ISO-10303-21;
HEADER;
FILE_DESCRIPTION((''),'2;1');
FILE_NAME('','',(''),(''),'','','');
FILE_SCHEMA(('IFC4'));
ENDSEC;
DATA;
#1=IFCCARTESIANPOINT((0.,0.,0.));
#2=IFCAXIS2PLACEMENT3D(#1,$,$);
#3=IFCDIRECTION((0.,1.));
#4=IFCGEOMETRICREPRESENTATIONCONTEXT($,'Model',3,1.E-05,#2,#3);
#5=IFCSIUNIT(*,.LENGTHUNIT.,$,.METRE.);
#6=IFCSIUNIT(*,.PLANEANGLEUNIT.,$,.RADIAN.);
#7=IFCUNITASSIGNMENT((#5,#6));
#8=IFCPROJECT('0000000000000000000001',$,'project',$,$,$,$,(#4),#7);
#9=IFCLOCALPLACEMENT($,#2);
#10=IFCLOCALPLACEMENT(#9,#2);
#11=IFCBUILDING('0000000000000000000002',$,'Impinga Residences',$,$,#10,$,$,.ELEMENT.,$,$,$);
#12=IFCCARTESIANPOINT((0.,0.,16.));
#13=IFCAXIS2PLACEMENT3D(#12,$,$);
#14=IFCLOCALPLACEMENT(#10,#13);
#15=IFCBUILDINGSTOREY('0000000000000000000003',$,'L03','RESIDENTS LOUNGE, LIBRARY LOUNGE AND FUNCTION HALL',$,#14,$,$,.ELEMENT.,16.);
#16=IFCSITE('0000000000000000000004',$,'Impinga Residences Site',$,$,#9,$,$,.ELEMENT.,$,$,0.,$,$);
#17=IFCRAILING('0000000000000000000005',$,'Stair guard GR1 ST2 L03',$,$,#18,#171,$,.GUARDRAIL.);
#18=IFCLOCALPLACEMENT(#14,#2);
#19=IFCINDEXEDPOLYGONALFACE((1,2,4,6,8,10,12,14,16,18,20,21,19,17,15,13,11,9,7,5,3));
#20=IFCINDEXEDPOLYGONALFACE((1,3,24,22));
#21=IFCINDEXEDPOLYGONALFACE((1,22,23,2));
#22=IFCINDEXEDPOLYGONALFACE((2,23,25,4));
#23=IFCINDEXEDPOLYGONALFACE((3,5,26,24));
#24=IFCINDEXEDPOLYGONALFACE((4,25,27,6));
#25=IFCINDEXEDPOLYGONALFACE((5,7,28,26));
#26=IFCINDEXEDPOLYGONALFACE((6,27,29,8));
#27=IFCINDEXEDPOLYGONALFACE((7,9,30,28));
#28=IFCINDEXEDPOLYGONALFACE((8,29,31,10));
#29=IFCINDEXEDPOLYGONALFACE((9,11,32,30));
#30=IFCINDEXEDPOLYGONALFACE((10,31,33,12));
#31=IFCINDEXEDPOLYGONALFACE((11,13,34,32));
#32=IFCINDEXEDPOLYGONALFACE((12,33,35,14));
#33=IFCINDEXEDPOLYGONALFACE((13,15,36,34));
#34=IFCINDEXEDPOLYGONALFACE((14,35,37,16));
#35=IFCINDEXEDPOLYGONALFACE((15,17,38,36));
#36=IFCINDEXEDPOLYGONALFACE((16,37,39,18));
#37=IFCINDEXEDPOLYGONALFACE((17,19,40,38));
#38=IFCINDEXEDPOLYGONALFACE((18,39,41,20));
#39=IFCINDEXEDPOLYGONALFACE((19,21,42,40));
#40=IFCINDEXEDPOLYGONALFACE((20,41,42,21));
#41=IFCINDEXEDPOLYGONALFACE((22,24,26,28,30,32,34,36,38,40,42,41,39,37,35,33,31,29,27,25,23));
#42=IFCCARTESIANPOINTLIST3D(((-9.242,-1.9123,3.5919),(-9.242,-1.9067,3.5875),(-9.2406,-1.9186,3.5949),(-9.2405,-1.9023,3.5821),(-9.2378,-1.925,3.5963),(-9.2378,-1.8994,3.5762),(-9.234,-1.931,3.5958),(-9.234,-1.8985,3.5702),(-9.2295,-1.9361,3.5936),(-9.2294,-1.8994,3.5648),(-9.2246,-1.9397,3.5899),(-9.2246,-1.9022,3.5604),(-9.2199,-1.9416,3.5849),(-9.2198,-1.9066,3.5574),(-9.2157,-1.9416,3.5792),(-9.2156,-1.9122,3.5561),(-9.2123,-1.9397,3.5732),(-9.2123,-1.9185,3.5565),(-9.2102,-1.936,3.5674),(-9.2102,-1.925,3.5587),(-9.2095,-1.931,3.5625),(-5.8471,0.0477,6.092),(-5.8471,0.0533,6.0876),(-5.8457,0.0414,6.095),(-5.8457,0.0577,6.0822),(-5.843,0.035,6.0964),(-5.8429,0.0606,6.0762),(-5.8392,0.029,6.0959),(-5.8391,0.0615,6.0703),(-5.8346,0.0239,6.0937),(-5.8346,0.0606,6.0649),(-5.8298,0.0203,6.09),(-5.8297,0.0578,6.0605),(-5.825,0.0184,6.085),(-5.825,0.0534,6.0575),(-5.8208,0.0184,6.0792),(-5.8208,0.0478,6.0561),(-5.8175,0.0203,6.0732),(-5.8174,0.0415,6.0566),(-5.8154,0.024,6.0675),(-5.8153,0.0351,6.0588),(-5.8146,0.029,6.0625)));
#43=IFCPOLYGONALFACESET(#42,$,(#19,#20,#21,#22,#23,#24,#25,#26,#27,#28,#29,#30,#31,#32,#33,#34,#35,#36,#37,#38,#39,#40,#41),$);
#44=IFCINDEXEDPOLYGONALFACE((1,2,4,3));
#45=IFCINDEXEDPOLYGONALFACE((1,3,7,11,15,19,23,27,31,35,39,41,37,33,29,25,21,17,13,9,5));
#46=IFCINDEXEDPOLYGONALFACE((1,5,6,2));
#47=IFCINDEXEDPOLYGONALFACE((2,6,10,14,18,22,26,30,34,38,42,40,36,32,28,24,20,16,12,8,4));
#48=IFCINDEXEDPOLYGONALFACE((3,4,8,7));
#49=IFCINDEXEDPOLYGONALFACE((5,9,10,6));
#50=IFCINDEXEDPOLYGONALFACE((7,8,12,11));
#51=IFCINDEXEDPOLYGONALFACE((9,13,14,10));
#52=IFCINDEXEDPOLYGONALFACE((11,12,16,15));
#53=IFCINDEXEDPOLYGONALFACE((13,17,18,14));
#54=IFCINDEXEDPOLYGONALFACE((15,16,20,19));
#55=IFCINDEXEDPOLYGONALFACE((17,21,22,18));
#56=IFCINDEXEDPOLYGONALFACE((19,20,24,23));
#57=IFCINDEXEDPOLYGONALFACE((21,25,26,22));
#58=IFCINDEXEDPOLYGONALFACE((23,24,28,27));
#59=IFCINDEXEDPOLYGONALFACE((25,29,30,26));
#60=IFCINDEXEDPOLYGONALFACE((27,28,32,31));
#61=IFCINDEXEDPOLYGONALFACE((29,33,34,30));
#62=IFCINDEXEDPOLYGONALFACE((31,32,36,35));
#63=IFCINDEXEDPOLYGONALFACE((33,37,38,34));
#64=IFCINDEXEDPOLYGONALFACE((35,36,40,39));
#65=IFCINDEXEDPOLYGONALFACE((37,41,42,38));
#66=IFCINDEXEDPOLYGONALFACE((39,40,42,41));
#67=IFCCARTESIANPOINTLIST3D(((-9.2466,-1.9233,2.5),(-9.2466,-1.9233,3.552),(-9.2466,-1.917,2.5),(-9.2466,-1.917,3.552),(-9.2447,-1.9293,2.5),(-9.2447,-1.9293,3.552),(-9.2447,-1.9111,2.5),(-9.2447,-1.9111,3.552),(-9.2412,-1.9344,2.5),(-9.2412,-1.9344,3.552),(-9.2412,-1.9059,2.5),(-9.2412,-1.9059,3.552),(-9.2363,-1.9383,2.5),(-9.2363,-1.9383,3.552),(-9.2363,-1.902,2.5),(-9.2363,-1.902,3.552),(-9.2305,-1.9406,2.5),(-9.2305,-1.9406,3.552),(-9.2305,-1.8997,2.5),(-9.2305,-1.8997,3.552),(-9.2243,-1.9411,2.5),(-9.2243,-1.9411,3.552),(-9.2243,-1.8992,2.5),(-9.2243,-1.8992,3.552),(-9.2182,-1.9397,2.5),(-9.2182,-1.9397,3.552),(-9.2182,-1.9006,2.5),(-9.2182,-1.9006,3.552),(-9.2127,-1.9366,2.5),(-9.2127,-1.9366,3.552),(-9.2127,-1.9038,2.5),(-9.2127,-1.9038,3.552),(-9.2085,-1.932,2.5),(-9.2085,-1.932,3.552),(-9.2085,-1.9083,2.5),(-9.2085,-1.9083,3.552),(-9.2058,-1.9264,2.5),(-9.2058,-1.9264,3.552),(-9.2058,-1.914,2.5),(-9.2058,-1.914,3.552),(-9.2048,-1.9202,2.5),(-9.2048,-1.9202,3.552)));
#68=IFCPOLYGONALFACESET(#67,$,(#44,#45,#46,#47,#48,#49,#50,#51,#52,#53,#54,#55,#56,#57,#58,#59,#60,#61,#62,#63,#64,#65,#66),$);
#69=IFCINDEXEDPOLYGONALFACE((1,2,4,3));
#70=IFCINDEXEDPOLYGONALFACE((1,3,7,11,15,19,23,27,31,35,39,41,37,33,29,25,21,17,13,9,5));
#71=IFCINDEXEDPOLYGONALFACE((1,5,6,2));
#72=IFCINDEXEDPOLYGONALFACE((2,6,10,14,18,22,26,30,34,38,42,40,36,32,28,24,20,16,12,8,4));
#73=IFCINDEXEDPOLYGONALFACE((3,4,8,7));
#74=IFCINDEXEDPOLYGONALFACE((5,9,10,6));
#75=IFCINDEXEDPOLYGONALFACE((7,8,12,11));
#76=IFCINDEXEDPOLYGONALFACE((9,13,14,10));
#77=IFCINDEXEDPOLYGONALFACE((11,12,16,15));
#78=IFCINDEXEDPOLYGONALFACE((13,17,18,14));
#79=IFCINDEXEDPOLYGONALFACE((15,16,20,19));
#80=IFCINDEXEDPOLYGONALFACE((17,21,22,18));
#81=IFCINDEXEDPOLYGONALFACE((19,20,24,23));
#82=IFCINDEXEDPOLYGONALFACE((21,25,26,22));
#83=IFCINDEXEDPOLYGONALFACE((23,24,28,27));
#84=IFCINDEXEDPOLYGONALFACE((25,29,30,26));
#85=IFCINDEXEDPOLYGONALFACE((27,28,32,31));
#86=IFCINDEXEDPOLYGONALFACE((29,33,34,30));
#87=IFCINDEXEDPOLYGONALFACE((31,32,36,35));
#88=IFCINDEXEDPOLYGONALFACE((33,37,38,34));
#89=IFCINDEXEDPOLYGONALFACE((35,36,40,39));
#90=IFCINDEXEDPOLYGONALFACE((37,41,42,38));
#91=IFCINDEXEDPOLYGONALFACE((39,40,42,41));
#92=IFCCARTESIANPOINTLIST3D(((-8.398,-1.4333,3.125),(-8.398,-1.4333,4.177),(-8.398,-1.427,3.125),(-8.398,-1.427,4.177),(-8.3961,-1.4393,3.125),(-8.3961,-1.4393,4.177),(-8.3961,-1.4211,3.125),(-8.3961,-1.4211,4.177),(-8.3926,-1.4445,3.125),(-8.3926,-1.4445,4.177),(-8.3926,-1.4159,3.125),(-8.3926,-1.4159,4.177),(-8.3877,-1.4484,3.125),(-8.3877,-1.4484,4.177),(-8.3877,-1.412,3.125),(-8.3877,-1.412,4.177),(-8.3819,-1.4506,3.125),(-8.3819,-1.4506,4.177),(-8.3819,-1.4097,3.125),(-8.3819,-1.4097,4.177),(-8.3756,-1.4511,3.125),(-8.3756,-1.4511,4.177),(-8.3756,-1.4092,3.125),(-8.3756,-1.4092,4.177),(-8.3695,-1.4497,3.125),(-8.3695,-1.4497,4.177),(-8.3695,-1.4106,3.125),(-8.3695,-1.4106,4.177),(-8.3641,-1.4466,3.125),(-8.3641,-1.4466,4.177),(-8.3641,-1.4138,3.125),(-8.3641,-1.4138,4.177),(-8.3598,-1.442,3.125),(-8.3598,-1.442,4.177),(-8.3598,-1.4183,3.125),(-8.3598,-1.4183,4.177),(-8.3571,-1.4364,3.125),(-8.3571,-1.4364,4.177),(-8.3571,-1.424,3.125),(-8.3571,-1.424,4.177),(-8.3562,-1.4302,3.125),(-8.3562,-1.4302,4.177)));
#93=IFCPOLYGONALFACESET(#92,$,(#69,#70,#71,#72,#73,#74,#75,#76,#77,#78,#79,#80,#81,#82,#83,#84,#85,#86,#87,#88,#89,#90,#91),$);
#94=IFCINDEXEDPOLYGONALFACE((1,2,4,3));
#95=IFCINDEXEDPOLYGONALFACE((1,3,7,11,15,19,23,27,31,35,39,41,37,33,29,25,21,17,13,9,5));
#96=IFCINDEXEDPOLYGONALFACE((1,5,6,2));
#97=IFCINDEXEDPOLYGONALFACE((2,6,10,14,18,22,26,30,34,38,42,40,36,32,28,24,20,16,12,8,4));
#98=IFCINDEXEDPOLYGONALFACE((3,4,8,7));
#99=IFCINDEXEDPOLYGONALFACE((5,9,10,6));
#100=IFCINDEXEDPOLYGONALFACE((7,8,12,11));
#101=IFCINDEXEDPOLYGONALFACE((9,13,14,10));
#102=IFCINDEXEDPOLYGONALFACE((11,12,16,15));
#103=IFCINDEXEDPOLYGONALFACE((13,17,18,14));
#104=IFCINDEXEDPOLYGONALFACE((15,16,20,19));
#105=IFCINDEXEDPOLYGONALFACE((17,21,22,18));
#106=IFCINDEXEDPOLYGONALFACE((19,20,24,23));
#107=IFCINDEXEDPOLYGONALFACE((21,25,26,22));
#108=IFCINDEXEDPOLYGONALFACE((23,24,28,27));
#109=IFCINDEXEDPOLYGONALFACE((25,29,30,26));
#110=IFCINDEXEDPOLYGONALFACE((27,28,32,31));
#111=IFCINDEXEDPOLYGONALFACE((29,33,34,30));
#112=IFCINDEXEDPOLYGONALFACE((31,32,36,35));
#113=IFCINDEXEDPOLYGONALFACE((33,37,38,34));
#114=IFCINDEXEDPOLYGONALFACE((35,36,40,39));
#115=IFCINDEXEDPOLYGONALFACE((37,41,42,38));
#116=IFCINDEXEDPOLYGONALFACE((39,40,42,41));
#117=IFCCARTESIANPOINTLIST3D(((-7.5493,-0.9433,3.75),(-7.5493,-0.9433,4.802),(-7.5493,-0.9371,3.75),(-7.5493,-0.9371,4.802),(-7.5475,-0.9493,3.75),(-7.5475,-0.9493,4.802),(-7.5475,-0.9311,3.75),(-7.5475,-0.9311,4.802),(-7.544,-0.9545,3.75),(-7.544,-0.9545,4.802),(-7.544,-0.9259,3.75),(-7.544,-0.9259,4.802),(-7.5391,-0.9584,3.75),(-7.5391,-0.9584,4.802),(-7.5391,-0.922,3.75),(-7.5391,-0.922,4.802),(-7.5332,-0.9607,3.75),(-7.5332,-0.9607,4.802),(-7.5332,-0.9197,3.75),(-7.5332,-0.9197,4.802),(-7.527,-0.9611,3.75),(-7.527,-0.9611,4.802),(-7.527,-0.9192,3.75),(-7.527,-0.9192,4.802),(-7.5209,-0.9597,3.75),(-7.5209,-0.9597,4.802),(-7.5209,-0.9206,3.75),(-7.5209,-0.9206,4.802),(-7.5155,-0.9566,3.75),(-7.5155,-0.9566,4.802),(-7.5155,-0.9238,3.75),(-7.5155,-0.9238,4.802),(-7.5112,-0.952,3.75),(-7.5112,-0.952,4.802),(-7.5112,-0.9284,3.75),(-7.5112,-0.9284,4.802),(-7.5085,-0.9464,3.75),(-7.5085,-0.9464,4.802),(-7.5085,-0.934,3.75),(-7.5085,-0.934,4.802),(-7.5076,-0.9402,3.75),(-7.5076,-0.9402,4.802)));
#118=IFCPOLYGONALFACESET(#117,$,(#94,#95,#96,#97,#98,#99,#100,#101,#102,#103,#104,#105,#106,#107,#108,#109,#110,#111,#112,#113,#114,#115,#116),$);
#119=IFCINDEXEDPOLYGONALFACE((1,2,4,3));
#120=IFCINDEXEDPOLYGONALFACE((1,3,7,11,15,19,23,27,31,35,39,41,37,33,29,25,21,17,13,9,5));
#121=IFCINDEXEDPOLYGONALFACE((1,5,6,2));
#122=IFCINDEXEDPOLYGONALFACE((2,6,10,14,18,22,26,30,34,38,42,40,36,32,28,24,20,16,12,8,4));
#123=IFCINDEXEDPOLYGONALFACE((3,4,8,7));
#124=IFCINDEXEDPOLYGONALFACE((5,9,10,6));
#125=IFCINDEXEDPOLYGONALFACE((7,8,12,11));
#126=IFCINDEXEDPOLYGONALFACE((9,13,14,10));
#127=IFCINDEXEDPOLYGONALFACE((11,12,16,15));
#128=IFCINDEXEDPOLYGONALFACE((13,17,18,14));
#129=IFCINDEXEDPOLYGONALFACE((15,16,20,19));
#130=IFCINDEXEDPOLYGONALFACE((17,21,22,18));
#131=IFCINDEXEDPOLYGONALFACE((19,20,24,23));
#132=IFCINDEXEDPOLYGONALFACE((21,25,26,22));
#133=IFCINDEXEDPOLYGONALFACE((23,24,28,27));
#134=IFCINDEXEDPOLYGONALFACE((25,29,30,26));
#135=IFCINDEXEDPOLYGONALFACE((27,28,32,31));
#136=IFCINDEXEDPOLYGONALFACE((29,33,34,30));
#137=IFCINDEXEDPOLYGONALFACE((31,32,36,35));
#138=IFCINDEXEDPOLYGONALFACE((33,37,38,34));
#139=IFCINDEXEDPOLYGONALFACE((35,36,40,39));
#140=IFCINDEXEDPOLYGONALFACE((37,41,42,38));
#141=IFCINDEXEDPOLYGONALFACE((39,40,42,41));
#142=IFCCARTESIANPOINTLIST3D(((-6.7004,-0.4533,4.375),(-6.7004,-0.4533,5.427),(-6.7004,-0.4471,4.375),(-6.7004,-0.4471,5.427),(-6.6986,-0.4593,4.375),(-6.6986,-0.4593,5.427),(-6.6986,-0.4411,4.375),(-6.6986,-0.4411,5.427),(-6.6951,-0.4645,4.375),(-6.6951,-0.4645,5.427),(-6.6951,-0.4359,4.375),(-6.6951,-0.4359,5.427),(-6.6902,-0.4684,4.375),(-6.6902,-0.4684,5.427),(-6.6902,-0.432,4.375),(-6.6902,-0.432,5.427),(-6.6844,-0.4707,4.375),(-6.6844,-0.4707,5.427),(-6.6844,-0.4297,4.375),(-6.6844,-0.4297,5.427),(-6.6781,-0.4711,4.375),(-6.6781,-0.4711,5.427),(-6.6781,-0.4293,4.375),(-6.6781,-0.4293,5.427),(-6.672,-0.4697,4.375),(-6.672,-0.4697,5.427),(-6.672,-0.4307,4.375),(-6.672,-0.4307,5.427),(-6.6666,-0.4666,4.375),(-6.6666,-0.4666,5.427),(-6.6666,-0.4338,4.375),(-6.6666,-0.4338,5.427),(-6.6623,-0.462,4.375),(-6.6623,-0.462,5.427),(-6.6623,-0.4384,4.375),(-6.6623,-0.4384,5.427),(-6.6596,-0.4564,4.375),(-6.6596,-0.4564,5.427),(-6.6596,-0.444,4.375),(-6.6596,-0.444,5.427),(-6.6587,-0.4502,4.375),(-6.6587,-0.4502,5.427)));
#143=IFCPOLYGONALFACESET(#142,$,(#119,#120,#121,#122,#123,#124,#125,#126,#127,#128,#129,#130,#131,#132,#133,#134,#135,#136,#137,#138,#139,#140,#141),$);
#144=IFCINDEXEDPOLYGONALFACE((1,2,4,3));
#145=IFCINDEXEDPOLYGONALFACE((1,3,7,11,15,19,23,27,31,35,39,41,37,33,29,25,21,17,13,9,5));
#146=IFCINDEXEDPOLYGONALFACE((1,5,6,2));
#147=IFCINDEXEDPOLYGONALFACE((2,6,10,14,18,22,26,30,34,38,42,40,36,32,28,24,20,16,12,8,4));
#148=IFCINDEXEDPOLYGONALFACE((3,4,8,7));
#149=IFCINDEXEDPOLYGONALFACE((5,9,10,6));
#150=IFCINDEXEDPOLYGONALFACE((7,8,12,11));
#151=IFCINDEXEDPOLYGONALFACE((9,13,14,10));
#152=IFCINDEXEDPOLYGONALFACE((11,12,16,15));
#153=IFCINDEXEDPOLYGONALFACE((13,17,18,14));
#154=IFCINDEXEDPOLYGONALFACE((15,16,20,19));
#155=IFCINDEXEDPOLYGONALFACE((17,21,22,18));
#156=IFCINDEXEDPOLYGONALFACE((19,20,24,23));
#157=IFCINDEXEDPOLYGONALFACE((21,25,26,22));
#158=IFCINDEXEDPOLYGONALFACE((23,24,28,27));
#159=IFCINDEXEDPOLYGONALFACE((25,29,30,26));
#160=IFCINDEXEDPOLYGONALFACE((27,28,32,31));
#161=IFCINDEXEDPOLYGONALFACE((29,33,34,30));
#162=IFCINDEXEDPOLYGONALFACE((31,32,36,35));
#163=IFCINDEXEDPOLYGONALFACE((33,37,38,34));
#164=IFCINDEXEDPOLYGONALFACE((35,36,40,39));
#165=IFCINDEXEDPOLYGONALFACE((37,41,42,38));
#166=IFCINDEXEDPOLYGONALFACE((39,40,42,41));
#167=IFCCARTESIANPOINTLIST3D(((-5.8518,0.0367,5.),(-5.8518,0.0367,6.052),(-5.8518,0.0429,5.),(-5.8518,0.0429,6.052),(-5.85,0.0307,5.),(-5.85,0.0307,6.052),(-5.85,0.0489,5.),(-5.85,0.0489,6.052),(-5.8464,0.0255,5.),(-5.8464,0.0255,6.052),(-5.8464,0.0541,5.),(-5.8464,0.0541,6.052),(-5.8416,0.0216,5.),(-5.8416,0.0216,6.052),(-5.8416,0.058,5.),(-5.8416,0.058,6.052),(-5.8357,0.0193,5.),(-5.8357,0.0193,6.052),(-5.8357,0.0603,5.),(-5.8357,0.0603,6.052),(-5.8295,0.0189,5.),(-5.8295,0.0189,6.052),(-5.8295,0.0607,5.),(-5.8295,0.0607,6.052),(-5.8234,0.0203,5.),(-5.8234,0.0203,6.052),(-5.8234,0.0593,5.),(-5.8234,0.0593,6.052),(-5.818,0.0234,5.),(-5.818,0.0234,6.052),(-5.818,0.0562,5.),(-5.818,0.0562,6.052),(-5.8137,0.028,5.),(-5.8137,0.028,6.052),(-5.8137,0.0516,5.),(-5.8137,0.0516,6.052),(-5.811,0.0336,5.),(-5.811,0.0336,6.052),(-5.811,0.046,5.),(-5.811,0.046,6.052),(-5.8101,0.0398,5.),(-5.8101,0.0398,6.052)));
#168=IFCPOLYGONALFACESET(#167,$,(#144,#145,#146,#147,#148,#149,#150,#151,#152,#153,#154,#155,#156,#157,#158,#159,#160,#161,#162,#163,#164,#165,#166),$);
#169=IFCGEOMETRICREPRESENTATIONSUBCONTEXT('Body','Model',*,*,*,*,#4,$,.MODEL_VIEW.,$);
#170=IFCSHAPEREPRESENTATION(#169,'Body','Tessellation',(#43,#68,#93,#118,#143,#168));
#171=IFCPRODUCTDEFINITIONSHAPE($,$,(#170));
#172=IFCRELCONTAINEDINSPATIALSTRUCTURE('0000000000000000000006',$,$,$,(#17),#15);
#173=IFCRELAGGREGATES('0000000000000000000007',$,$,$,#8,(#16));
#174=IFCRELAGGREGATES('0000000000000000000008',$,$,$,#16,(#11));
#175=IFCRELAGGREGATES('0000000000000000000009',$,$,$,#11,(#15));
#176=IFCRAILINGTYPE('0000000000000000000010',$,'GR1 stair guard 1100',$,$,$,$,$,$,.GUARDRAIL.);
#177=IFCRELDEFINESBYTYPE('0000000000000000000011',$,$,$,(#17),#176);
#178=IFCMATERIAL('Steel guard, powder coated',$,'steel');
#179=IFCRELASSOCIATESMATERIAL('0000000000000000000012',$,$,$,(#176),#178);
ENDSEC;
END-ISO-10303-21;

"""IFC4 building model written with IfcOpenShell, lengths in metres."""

from ifc_helpers import new_model, si_unit, direction, frame, origin, origin_2d, place, context, subcontext, project, spatial, circle, extrude, material, type_object, element, save


model = new_model("IFC4")

# Units and contexts
model_context = context("Model", 3, precision=1e-05, world=origin(), true_north=direction((0.0, 1.0)))
body_context = subcontext(model_context, "Body", "Model", "MODEL_VIEW")
ifc_project = project(units=[si_unit("LENGTHUNIT", "METRE"), si_unit("PLANEANGLEUNIT", "RADIAN")], contexts=[model_context])

# Site, building, storey
site_placement = place(None, origin())
site = spatial("IfcSite", under=ifc_project, at=site_placement, Name="Impinga Residences Site", CompositionType="ELEMENT", RefElevation=0.0)
building_placement = place(site_placement, origin())
building = spatial("IfcBuilding", under=site, at=building_placement, Name="Impinga Residences", CompositionType="ELEMENT")
storey_placement = place(building_placement, frame((0.0, 0.0, 16.0)))
storey = spatial("IfcBuildingStorey", under=building, at=storey_placement, Name="L03", Description="RESIDENTS LOUNGE, LIBRARY LOUNGE AND FUNCTION HALL", CompositionType="ELEMENT", Elevation=16.0)

# Railing
ifc_material_1 = material(Name="Steel guard, powder coated", Category="steel")
railing_type_1 = type_object("IfcRailingType", Name="GR1 stair guard 1100", PredefinedType="GUARDRAIL", material=ifc_material_1)
railing_1_placement = place(storey_placement, frame((-9.2258, -1.9202, 2.5)))
element("IfcRailing", 1, at=railing_1_placement, inside=storey, type_object=railing_type_1, Name="Stair guard GR1 ST2 L03", PredefinedType="GUARDRAIL", context=body_context, shape_type="SweptSolid", body=[
    extrude(circle(Radius=0.0239, at=origin_2d()), frame((0.0, 0.0, 1.0762), z_axis=(0.73017, 0.421561, 0.537716), x_axis=(-0.499997, 0.866027, 0.0)), (0.0, 0.0, 1.0), 4.6494),
    extrude(circle(Radius=0.021, at=origin_2d()), origin(), (0.0, 0.0, 1.0), 1.052),
    extrude(circle(Radius=0.021, at=origin_2d()), frame((0.8486, 0.49, 0.625)), (0.0, 0.0, 1.0), 1.052),
    extrude(circle(Radius=0.021, at=origin_2d()), frame((1.6973, 0.98, 1.25)), (0.0, 0.0, 1.0), 1.052),
    extrude(circle(Radius=0.021, at=origin_2d()), frame((2.5461, 1.47, 1.875)), (0.0, 0.0, 1.0), 1.052),
    extrude(circle(Radius=0.021, at=origin_2d()), frame((3.3948, 1.96, 2.5)), (0.0, 0.0, 1.0), 1.052),
])

save(model, "model.ifc")
